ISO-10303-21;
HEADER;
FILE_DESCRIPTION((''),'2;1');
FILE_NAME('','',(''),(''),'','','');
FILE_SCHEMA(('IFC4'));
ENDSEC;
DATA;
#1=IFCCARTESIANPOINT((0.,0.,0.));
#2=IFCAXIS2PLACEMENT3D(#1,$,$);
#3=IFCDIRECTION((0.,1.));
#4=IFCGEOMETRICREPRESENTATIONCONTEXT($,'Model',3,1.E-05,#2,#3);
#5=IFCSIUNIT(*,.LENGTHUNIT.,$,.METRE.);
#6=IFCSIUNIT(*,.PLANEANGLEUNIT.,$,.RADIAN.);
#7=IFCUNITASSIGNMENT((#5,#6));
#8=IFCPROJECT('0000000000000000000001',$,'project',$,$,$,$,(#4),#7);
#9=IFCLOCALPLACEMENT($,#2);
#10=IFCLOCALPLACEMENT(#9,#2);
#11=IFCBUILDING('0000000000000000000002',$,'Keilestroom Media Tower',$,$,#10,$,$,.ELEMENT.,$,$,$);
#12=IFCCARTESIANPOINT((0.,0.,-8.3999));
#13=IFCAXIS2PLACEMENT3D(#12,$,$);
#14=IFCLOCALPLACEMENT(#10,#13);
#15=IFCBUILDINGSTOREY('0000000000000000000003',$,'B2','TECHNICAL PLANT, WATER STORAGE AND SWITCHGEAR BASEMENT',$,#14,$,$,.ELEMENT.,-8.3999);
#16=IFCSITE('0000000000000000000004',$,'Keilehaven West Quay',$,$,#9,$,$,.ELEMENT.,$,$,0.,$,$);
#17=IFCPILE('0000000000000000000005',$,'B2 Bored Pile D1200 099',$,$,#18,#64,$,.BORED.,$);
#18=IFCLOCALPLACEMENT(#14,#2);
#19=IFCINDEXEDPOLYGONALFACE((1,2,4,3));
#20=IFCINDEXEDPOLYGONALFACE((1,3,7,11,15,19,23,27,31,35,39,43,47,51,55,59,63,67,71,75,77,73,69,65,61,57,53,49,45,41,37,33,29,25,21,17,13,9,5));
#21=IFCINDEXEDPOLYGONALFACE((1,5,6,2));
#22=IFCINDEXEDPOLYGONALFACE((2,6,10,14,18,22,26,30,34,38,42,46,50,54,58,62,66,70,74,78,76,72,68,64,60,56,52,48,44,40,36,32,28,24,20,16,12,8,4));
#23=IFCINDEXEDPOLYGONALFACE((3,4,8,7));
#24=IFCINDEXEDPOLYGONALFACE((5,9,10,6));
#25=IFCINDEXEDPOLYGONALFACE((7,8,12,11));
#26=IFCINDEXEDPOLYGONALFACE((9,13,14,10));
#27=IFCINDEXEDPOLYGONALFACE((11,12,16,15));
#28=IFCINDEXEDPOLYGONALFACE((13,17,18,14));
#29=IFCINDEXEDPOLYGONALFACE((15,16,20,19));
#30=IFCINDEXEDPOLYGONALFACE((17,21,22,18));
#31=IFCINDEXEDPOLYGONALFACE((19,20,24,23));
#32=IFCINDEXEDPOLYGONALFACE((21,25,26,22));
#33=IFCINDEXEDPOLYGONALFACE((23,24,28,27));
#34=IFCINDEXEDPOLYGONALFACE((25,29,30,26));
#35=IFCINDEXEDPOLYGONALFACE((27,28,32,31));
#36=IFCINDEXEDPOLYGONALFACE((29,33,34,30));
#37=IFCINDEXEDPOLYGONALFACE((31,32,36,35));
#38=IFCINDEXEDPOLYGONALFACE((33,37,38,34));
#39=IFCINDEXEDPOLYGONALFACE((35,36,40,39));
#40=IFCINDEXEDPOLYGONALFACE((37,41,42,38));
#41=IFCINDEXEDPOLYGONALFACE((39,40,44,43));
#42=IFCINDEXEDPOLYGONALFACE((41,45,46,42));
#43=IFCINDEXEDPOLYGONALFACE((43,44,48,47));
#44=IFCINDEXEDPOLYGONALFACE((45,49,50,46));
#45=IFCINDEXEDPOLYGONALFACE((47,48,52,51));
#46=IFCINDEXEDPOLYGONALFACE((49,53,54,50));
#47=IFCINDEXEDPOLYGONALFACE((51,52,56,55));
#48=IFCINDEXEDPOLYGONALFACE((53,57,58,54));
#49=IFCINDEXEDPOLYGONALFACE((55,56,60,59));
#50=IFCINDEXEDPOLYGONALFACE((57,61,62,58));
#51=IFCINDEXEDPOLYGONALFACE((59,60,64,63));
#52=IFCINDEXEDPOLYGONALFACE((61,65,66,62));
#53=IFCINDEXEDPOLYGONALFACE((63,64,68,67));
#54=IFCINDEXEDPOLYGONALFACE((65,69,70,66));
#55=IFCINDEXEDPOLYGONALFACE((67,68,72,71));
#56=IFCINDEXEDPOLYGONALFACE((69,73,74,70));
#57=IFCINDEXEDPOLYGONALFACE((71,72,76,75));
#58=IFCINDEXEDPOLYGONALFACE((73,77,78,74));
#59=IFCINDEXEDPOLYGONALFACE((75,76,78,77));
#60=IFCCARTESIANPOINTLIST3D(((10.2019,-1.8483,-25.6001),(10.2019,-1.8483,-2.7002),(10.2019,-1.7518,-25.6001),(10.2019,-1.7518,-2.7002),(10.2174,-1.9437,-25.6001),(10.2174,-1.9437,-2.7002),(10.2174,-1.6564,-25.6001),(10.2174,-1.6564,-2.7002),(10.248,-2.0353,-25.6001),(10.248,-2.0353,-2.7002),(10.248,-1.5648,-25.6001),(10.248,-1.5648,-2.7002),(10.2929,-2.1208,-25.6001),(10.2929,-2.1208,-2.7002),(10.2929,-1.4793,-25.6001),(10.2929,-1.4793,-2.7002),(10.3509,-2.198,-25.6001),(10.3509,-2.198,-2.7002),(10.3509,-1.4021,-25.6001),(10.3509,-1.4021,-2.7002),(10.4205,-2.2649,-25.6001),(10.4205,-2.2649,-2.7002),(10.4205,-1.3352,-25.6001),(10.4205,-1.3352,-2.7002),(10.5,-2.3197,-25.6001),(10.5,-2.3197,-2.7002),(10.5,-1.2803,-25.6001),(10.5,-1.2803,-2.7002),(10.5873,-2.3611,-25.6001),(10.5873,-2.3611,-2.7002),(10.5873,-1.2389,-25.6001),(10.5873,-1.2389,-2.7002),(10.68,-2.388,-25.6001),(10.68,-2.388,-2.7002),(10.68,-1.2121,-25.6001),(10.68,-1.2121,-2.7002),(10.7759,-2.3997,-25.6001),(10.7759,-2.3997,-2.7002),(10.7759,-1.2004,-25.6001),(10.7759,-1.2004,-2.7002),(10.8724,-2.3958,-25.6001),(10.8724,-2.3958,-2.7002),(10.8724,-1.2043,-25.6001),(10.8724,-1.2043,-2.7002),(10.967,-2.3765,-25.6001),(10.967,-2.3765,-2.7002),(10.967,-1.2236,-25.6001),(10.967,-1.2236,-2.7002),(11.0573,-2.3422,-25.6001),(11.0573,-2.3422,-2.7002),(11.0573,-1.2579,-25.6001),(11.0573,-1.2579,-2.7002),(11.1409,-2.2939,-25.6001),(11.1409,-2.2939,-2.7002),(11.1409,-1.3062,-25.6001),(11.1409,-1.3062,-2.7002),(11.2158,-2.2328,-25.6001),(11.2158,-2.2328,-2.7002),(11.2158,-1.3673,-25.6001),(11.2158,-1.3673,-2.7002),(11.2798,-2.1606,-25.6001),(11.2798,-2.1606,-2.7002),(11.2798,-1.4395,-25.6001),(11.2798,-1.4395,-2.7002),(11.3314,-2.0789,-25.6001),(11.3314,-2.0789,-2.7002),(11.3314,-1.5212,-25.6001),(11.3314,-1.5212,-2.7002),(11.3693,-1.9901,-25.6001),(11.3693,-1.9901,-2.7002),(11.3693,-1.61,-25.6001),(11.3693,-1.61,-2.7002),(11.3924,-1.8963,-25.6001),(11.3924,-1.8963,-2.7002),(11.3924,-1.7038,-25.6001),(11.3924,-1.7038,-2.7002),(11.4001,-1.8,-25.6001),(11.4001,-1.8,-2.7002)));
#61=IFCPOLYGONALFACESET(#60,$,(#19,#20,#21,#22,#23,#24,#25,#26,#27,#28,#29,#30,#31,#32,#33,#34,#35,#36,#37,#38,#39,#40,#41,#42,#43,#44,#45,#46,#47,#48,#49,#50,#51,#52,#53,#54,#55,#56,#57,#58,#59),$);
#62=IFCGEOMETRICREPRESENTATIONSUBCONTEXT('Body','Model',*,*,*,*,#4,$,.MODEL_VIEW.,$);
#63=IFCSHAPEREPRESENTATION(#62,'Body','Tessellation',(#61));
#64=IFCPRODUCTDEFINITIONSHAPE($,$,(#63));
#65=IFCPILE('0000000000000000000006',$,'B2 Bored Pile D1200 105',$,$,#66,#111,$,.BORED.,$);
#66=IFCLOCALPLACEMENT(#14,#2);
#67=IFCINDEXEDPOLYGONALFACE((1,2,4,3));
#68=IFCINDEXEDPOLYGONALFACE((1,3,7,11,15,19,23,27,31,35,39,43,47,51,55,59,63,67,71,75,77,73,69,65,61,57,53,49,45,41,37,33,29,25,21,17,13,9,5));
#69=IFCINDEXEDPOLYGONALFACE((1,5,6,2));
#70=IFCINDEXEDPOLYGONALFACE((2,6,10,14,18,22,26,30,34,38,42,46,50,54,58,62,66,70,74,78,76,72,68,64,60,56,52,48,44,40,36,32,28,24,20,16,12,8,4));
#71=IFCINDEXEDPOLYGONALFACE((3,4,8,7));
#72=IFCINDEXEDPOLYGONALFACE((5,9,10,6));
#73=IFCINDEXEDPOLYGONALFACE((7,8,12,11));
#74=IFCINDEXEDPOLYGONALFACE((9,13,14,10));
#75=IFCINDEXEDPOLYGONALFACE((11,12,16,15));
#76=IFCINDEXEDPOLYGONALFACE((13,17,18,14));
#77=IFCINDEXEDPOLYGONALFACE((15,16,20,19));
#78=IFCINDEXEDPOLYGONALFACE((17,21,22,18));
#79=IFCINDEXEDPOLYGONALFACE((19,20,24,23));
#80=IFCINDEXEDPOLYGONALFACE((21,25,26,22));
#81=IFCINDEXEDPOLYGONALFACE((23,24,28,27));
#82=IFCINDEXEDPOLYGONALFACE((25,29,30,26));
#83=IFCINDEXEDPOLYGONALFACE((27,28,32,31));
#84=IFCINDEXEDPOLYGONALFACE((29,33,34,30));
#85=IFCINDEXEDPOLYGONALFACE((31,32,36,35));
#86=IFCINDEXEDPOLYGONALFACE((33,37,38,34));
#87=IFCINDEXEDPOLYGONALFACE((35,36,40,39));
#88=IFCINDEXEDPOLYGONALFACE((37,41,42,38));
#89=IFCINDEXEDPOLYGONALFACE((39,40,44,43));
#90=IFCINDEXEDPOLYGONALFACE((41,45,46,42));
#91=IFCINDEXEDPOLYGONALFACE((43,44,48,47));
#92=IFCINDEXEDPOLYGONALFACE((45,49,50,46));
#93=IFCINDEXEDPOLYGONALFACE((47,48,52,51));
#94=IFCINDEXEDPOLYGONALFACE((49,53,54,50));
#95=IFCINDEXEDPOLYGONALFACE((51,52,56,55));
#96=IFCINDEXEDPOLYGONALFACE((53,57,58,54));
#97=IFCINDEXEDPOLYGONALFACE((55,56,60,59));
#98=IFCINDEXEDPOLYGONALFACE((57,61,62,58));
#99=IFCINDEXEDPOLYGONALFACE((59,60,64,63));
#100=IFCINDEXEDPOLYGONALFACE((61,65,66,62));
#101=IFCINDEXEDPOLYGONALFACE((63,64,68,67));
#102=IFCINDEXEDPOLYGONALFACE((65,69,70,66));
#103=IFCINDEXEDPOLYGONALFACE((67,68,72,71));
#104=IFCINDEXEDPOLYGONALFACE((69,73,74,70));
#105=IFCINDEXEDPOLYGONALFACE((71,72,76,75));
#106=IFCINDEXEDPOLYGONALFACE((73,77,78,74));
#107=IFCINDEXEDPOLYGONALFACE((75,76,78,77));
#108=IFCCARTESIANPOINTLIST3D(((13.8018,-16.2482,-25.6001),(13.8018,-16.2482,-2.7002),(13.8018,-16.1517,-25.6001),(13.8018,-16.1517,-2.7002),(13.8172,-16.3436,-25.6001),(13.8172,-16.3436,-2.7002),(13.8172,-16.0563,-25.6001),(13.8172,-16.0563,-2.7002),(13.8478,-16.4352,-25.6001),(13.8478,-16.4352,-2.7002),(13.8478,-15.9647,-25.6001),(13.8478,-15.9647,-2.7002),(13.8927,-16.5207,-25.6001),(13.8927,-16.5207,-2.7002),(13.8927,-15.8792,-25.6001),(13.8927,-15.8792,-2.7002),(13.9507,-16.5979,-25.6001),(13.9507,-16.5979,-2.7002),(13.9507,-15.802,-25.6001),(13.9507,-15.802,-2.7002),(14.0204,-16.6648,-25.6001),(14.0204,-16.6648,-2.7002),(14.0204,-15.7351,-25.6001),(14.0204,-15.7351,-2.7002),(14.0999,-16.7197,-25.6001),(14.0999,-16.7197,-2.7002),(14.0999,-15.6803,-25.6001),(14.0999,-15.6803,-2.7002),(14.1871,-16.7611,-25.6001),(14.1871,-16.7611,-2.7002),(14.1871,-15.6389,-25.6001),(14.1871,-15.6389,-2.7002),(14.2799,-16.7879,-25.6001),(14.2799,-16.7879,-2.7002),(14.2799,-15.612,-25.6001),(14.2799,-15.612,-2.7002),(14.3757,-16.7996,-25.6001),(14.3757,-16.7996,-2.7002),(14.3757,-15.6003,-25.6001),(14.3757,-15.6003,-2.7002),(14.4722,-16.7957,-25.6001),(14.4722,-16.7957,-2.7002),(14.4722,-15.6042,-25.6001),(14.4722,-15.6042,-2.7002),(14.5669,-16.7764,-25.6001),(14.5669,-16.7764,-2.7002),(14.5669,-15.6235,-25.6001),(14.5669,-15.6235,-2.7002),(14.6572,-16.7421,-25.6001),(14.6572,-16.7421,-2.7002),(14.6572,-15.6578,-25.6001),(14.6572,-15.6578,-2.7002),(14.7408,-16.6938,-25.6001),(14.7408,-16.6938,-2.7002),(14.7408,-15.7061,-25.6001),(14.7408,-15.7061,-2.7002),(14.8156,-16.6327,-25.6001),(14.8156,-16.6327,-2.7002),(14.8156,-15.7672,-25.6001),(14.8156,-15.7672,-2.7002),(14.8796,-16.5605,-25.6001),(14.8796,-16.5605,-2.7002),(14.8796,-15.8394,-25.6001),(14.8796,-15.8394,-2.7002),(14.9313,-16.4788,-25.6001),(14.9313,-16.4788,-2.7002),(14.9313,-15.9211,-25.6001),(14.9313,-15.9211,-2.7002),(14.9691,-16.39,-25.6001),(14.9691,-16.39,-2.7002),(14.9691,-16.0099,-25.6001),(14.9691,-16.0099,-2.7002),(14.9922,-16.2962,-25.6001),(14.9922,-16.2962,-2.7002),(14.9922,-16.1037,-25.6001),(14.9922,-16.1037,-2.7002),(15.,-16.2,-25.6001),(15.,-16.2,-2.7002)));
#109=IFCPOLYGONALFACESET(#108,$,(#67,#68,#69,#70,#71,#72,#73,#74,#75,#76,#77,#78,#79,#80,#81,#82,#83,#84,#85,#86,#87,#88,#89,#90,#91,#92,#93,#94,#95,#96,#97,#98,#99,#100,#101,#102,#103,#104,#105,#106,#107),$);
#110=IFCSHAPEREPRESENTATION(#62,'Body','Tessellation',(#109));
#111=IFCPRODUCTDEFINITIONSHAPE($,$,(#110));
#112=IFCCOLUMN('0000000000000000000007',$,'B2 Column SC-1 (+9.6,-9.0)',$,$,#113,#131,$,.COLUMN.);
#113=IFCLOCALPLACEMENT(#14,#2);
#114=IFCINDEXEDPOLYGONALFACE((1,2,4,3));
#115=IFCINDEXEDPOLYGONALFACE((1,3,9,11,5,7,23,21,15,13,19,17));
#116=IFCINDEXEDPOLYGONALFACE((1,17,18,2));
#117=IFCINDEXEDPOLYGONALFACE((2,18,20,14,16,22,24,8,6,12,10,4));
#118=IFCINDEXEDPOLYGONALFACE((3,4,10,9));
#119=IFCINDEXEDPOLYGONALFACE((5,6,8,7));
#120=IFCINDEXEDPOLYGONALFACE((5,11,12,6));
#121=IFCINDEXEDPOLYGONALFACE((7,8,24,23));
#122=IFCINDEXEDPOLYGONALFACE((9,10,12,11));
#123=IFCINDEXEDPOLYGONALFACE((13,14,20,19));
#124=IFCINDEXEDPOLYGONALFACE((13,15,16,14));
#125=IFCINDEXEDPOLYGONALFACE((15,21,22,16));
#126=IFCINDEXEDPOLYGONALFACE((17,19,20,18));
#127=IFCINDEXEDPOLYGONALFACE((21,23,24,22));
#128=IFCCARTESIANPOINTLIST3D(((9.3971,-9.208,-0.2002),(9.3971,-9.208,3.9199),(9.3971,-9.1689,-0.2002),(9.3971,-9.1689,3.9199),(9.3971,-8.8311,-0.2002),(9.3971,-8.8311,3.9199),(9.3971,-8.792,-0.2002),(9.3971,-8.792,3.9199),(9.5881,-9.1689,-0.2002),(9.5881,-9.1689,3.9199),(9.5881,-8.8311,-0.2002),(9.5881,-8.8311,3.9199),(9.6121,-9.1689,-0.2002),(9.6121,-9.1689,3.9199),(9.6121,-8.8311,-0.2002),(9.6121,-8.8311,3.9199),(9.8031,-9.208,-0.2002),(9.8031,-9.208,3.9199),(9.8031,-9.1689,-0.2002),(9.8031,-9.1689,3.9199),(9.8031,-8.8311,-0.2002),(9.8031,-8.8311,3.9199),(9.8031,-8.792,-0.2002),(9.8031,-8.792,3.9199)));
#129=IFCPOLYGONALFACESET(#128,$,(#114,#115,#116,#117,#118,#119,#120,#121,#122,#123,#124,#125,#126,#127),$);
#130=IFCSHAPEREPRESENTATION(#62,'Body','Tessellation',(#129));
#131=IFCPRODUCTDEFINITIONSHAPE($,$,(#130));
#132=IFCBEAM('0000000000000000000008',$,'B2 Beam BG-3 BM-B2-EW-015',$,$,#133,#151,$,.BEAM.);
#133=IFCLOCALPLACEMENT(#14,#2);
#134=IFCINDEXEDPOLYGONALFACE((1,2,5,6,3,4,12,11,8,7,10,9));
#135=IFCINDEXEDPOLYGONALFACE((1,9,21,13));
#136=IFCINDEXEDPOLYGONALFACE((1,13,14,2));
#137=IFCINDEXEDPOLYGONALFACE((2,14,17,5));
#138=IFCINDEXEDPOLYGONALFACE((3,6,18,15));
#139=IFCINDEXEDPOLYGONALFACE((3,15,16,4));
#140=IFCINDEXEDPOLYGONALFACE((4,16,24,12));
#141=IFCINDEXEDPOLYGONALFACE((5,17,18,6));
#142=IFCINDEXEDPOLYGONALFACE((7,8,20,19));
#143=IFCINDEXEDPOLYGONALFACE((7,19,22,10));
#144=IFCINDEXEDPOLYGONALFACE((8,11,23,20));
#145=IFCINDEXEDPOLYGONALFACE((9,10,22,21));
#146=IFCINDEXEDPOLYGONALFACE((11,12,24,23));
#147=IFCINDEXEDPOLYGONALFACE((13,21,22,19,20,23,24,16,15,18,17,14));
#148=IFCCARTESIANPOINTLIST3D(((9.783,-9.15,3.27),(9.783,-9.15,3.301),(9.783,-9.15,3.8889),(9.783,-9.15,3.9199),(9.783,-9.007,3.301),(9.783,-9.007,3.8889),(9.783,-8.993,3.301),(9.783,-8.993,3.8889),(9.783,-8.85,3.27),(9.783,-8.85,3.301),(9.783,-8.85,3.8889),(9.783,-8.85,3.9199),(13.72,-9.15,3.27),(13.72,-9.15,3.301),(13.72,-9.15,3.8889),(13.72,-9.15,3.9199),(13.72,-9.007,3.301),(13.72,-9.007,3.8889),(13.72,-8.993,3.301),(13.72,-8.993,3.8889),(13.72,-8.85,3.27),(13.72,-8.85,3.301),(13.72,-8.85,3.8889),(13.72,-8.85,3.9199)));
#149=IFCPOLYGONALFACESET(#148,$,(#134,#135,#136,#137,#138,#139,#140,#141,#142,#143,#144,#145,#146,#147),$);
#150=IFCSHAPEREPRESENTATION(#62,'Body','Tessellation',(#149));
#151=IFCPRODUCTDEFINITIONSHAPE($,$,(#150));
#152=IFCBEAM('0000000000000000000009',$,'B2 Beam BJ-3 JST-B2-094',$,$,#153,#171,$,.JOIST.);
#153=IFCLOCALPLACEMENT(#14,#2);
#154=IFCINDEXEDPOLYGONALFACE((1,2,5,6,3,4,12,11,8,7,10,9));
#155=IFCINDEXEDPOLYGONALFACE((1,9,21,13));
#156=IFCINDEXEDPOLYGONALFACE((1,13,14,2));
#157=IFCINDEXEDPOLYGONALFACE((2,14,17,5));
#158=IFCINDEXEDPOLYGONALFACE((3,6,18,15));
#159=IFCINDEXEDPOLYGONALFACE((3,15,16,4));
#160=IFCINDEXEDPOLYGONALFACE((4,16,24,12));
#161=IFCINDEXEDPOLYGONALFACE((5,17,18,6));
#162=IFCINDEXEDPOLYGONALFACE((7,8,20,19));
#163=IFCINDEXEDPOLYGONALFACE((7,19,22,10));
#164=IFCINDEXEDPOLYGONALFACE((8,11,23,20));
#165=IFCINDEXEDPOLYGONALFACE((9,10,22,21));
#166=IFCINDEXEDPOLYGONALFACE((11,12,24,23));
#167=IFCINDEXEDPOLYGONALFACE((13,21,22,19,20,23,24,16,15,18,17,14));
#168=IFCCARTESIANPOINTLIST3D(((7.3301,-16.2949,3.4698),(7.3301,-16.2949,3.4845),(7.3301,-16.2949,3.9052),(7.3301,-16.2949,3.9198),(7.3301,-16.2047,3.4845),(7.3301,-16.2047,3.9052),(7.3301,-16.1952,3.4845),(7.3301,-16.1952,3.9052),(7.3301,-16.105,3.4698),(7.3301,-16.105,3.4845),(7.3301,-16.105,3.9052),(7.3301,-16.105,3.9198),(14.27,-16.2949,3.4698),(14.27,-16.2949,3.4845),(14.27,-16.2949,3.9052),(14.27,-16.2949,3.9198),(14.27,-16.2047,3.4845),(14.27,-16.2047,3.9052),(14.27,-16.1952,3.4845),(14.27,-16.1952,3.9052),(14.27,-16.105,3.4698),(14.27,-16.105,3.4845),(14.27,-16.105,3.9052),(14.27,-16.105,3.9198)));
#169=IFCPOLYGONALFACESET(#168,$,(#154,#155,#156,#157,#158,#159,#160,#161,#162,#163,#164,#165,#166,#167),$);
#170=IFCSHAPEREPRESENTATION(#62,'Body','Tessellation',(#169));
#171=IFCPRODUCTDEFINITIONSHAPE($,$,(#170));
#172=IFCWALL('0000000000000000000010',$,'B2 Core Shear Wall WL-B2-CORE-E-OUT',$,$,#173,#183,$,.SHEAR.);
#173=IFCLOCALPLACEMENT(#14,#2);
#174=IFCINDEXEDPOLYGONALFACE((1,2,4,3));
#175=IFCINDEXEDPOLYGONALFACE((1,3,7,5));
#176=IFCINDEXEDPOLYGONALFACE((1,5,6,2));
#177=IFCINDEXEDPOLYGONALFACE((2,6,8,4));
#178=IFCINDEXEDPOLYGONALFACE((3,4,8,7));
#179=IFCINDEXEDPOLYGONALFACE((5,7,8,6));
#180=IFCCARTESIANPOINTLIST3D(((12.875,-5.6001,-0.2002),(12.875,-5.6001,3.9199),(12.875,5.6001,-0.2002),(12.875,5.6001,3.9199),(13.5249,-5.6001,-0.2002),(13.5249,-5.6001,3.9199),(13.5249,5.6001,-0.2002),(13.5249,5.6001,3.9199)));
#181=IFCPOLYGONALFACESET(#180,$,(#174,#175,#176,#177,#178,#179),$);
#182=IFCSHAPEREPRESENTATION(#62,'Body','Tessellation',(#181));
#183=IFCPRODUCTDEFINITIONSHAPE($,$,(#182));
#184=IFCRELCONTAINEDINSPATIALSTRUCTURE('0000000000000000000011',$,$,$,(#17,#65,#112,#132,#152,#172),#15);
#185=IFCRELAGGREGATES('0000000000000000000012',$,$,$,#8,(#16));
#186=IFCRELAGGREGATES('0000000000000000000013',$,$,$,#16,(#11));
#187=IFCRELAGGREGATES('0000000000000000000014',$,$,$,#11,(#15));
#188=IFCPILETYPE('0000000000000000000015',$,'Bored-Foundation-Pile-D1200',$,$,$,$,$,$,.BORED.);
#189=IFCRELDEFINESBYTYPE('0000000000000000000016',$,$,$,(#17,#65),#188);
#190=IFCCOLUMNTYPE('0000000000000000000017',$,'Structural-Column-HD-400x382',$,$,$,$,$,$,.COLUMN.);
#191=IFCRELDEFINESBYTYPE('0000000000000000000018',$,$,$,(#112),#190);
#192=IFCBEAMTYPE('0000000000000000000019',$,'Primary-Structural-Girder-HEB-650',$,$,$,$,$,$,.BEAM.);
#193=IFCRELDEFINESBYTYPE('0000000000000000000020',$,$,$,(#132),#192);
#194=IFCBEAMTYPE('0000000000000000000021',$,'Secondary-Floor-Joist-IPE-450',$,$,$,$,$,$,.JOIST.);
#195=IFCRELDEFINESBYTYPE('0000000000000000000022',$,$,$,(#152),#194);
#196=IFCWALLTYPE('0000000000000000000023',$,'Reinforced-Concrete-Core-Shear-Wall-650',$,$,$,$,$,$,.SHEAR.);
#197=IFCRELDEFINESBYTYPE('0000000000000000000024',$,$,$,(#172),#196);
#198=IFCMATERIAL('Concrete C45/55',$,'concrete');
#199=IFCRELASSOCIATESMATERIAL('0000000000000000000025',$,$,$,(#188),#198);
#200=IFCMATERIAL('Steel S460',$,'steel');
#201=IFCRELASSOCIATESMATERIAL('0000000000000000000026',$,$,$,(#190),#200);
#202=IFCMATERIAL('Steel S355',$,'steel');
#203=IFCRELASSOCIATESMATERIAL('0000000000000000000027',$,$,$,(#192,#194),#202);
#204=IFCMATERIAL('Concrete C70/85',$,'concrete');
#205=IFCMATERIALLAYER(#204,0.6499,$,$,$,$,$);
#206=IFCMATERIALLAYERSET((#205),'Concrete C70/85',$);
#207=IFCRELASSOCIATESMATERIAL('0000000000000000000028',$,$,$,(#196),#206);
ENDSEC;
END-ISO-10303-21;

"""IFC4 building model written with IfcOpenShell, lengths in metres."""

from ifc_helpers import new_model, si_unit, direction, frame, frame_2d, origin, origin_2d, place, context, subcontext, project, spatial, rectangle, circle, i_section, extrude, source, transform, mapped, material, layer, layer_set, material_profile, profile_set, type_object, element, save


model = new_model("IFC4")

# Units and contexts
model_context = context("Model", 3, precision=1e-05, world=origin(), true_north=direction((0.0, 1.0)))
body_context = subcontext(model_context, "Body", "Model", "MODEL_VIEW")
ifc_project = project(units=[si_unit("LENGTHUNIT", "METRE"), si_unit("PLANEANGLEUNIT", "RADIAN")], contexts=[model_context])

# Site, building, storey
site_placement = place(None, origin())
site = spatial("IfcSite", under=ifc_project, at=site_placement, Name="Keilehaven West Quay", CompositionType="ELEMENT", RefElevation=0.0)
building_placement = place(site_placement, origin())
building = spatial("IfcBuilding", under=site, at=building_placement, Name="Keilestroom Media Tower", CompositionType="ELEMENT")
storey_placement = place(building_placement, frame((0.0, 0.0, -8.3999)))
storey = spatial("IfcBuildingStorey", under=building, at=storey_placement, Name="B2", Description="TECHNICAL PLANT, WATER STORAGE AND SWITCHGEAR BASEMENT", CompositionType="ELEMENT", Elevation=-8.3999)

# Piles
ifc_material_1 = material(Name="Concrete C45/55", Category="concrete")
ifc_material_profile_1 = material_profile(ifc_material_1, circle(Radius=0.6001, at=origin_2d()), Name="BORED PILE D1200")
ifc_profile_set_1 = profile_set([ifc_material_profile_1], Name="Concrete C45/55")
pile_type = type_object("IfcPileType", Name="Bored-Foundation-Pile-D1200", PredefinedType="BORED", material=ifc_profile_set_1)
shared_shape_1 = source(origin(), body_context, "Body", "SweptSolid", [
    extrude(circle(Radius=0.6001, at=origin_2d()), origin(), (0.0, 0.0, 1.0), 22.8999),
])
for number, where, z_axis, x_axis, name in (
    (1, (10.8, -1.8, -2.7002), (0.0, 0.0, -1.0), (1.0, 0.0, 0.0), "B2 Bored Pile D1200 099"),
    (2, (14.3999, -16.2, -2.7002), (0.0, 0.0, -1.0), (1.0, 0.0, 0.0), "B2 Bored Pile D1200 105"),
):
    element("IfcPile", number, at=place(storey_placement, frame(where, z_axis=z_axis, x_axis=x_axis)), inside=storey, type_object=pile_type, Name=name, PredefinedType="BORED", context=body_context, shape_type="MappedRepresentation", body=[
        mapped(shared_shape_1, transform((0.0, 0.0, 0.0), x_axis=(1.0, 0.0, 0.0), y_axis=(0.0, 1.0, 0.0), z_axis=(0.0, 0.0, 1.0), scale=1.0)),
    ])

# Column
ifc_material_2 = material(Name="Steel S460", Category="steel")
ifc_material_profile_2 = material_profile(ifc_material_2, i_section(OverallWidth=0.406, OverallDepth=0.416, WebThickness=0.0239, FlangeThickness=0.0391, at=origin_2d()), Name="HD 400x382")
ifc_profile_set_2 = profile_set([ifc_material_profile_2], Name="Steel S460")
column_type = type_object("IfcColumnType", Name="Structural-Column-HD-400x382", PredefinedType="COLUMN", material=ifc_profile_set_2)
shared_shape_2 = source(origin(), body_context, "Body", "SweptSolid", [
    extrude(i_section(OverallWidth=0.406, OverallDepth=0.416, WebThickness=0.0239, FlangeThickness=0.0391, at=origin_2d()), origin(), (0.0, 0.0, 1.0), 4.1201),
])
column_placement = place(storey_placement, frame((9.6001, -9.0, -0.2002), z_axis=(0.0, 0.0, 1.0), x_axis=(1.0, 0.0, 0.0)))
element("IfcColumn", 3, at=column_placement, inside=storey, type_object=column_type, Name="B2 Column SC-1 (+9.6,-9.0)", PredefinedType="COLUMN", context=body_context, shape_type="MappedRepresentation", body=[
    mapped(shared_shape_2, transform((0.0, 0.0, 0.0), x_axis=(1.0, 0.0, 0.0), y_axis=(0.0, 1.0, 0.0), z_axis=(0.0, 0.0, 1.0), scale=1.0)),
])

# Beams
ifc_material_3 = material(Name="Steel S355", Category="steel")
ifc_material_profile_3 = material_profile(ifc_material_3, i_section(OverallWidth=0.3, OverallDepth=0.6499, WebThickness=0.0139, FlangeThickness=0.031, at=origin_2d()), Name="HEB 650")
ifc_profile_set_3 = profile_set([ifc_material_profile_3], Name="Steel S355")
beam_type_1 = type_object("IfcBeamType", Name="Primary-Structural-Girder-HEB-650", PredefinedType="BEAM", material=ifc_profile_set_3)
shared_shape_3 = source(origin(), body_context, "Body", "SweptSolid", [
    extrude(i_section(OverallWidth=0.3, OverallDepth=0.6499, WebThickness=0.0139, FlangeThickness=0.031, at=origin_2d()), origin(), (0.0, 0.0, 1.0), 3.937),
])
beam_1_placement = place(storey_placement, frame((9.783, -9.0, 3.595), z_axis=(1.0, 0.0, 0.0), x_axis=(0.0, 1.0, 0.0)))
element("IfcBeam", 4, at=beam_1_placement, inside=storey, type_object=beam_type_1, Name="B2 Beam BG-3 BM-B2-EW-015", PredefinedType="BEAM", context=body_context, shape_type="MappedRepresentation", body=[
    mapped(shared_shape_3, transform((0.0, 0.0, 0.0), x_axis=(1.0, 0.0, 0.0), y_axis=(0.0, 1.0, 0.0), z_axis=(0.0, 0.0, 1.0), scale=1.0)),
])
ifc_material_profile_4 = material_profile(ifc_material_3, i_section(OverallWidth=0.1899, OverallDepth=0.45, WebThickness=0.0095, FlangeThickness=0.0146, at=origin_2d()), Name="IPE 450")
ifc_profile_set_4 = profile_set([ifc_material_profile_4], Name="Steel S355")
beam_type_2 = type_object("IfcBeamType", Name="Secondary-Floor-Joist-IPE-450", PredefinedType="JOIST", material=ifc_profile_set_4)
shared_shape_4 = source(origin(), body_context, "Body", "SweptSolid", [
    extrude(i_section(OverallWidth=0.1899, OverallDepth=0.45, WebThickness=0.0095, FlangeThickness=0.0146, at=origin_2d()), origin(), (0.0, 0.0, 1.0), 6.9399),
])
beam_2_placement = place(storey_placement, frame((7.3301, -16.2, 3.6948), z_axis=(1.0, 0.0, 0.0), x_axis=(0.0, 1.0, 0.0)))
element("IfcBeam", 5, at=beam_2_placement, inside=storey, type_object=beam_type_2, Name="B2 Beam BJ-3 JST-B2-094", PredefinedType="JOIST", context=body_context, shape_type="MappedRepresentation", body=[
    mapped(shared_shape_4, transform((0.0, 0.0, 0.0), x_axis=(1.0, 0.0, 0.0), y_axis=(0.0, 1.0, 0.0), z_axis=(0.0, 0.0, 1.0), scale=1.0)),
])

# Wall
ifc_material_4 = material(Name="Concrete C70/85", Category="concrete")
ifc_layer_1 = layer(ifc_material_4, 0.6499)
ifc_layer_set_1 = layer_set([ifc_layer_1], Name="Concrete C70/85")
wall_type_1 = type_object("IfcWallType", Name="Reinforced-Concrete-Core-Shear-Wall-650", PredefinedType="SHEAR", material=ifc_layer_set_1)
wall_1_placement = place(storey_placement, frame((13.2, -5.6001, -0.2002), z_axis=(0.0, 0.0, 1.0), x_axis=(0.0, 1.0, 0.0)))
element("IfcWall", 6, at=wall_1_placement, inside=storey, type_object=wall_type_1, Name="B2 Core Shear Wall WL-B2-CORE-E-OUT", PredefinedType="SHEAR", context=body_context, shape_type="SweptSolid", body=[
    extrude(rectangle(XDim=11.2002, YDim=0.6499, at=frame_2d((5.6001, 0.0))), origin(), (0.0, 0.0, 1.0), 4.1201),
])

save(model, "model.ifc")
